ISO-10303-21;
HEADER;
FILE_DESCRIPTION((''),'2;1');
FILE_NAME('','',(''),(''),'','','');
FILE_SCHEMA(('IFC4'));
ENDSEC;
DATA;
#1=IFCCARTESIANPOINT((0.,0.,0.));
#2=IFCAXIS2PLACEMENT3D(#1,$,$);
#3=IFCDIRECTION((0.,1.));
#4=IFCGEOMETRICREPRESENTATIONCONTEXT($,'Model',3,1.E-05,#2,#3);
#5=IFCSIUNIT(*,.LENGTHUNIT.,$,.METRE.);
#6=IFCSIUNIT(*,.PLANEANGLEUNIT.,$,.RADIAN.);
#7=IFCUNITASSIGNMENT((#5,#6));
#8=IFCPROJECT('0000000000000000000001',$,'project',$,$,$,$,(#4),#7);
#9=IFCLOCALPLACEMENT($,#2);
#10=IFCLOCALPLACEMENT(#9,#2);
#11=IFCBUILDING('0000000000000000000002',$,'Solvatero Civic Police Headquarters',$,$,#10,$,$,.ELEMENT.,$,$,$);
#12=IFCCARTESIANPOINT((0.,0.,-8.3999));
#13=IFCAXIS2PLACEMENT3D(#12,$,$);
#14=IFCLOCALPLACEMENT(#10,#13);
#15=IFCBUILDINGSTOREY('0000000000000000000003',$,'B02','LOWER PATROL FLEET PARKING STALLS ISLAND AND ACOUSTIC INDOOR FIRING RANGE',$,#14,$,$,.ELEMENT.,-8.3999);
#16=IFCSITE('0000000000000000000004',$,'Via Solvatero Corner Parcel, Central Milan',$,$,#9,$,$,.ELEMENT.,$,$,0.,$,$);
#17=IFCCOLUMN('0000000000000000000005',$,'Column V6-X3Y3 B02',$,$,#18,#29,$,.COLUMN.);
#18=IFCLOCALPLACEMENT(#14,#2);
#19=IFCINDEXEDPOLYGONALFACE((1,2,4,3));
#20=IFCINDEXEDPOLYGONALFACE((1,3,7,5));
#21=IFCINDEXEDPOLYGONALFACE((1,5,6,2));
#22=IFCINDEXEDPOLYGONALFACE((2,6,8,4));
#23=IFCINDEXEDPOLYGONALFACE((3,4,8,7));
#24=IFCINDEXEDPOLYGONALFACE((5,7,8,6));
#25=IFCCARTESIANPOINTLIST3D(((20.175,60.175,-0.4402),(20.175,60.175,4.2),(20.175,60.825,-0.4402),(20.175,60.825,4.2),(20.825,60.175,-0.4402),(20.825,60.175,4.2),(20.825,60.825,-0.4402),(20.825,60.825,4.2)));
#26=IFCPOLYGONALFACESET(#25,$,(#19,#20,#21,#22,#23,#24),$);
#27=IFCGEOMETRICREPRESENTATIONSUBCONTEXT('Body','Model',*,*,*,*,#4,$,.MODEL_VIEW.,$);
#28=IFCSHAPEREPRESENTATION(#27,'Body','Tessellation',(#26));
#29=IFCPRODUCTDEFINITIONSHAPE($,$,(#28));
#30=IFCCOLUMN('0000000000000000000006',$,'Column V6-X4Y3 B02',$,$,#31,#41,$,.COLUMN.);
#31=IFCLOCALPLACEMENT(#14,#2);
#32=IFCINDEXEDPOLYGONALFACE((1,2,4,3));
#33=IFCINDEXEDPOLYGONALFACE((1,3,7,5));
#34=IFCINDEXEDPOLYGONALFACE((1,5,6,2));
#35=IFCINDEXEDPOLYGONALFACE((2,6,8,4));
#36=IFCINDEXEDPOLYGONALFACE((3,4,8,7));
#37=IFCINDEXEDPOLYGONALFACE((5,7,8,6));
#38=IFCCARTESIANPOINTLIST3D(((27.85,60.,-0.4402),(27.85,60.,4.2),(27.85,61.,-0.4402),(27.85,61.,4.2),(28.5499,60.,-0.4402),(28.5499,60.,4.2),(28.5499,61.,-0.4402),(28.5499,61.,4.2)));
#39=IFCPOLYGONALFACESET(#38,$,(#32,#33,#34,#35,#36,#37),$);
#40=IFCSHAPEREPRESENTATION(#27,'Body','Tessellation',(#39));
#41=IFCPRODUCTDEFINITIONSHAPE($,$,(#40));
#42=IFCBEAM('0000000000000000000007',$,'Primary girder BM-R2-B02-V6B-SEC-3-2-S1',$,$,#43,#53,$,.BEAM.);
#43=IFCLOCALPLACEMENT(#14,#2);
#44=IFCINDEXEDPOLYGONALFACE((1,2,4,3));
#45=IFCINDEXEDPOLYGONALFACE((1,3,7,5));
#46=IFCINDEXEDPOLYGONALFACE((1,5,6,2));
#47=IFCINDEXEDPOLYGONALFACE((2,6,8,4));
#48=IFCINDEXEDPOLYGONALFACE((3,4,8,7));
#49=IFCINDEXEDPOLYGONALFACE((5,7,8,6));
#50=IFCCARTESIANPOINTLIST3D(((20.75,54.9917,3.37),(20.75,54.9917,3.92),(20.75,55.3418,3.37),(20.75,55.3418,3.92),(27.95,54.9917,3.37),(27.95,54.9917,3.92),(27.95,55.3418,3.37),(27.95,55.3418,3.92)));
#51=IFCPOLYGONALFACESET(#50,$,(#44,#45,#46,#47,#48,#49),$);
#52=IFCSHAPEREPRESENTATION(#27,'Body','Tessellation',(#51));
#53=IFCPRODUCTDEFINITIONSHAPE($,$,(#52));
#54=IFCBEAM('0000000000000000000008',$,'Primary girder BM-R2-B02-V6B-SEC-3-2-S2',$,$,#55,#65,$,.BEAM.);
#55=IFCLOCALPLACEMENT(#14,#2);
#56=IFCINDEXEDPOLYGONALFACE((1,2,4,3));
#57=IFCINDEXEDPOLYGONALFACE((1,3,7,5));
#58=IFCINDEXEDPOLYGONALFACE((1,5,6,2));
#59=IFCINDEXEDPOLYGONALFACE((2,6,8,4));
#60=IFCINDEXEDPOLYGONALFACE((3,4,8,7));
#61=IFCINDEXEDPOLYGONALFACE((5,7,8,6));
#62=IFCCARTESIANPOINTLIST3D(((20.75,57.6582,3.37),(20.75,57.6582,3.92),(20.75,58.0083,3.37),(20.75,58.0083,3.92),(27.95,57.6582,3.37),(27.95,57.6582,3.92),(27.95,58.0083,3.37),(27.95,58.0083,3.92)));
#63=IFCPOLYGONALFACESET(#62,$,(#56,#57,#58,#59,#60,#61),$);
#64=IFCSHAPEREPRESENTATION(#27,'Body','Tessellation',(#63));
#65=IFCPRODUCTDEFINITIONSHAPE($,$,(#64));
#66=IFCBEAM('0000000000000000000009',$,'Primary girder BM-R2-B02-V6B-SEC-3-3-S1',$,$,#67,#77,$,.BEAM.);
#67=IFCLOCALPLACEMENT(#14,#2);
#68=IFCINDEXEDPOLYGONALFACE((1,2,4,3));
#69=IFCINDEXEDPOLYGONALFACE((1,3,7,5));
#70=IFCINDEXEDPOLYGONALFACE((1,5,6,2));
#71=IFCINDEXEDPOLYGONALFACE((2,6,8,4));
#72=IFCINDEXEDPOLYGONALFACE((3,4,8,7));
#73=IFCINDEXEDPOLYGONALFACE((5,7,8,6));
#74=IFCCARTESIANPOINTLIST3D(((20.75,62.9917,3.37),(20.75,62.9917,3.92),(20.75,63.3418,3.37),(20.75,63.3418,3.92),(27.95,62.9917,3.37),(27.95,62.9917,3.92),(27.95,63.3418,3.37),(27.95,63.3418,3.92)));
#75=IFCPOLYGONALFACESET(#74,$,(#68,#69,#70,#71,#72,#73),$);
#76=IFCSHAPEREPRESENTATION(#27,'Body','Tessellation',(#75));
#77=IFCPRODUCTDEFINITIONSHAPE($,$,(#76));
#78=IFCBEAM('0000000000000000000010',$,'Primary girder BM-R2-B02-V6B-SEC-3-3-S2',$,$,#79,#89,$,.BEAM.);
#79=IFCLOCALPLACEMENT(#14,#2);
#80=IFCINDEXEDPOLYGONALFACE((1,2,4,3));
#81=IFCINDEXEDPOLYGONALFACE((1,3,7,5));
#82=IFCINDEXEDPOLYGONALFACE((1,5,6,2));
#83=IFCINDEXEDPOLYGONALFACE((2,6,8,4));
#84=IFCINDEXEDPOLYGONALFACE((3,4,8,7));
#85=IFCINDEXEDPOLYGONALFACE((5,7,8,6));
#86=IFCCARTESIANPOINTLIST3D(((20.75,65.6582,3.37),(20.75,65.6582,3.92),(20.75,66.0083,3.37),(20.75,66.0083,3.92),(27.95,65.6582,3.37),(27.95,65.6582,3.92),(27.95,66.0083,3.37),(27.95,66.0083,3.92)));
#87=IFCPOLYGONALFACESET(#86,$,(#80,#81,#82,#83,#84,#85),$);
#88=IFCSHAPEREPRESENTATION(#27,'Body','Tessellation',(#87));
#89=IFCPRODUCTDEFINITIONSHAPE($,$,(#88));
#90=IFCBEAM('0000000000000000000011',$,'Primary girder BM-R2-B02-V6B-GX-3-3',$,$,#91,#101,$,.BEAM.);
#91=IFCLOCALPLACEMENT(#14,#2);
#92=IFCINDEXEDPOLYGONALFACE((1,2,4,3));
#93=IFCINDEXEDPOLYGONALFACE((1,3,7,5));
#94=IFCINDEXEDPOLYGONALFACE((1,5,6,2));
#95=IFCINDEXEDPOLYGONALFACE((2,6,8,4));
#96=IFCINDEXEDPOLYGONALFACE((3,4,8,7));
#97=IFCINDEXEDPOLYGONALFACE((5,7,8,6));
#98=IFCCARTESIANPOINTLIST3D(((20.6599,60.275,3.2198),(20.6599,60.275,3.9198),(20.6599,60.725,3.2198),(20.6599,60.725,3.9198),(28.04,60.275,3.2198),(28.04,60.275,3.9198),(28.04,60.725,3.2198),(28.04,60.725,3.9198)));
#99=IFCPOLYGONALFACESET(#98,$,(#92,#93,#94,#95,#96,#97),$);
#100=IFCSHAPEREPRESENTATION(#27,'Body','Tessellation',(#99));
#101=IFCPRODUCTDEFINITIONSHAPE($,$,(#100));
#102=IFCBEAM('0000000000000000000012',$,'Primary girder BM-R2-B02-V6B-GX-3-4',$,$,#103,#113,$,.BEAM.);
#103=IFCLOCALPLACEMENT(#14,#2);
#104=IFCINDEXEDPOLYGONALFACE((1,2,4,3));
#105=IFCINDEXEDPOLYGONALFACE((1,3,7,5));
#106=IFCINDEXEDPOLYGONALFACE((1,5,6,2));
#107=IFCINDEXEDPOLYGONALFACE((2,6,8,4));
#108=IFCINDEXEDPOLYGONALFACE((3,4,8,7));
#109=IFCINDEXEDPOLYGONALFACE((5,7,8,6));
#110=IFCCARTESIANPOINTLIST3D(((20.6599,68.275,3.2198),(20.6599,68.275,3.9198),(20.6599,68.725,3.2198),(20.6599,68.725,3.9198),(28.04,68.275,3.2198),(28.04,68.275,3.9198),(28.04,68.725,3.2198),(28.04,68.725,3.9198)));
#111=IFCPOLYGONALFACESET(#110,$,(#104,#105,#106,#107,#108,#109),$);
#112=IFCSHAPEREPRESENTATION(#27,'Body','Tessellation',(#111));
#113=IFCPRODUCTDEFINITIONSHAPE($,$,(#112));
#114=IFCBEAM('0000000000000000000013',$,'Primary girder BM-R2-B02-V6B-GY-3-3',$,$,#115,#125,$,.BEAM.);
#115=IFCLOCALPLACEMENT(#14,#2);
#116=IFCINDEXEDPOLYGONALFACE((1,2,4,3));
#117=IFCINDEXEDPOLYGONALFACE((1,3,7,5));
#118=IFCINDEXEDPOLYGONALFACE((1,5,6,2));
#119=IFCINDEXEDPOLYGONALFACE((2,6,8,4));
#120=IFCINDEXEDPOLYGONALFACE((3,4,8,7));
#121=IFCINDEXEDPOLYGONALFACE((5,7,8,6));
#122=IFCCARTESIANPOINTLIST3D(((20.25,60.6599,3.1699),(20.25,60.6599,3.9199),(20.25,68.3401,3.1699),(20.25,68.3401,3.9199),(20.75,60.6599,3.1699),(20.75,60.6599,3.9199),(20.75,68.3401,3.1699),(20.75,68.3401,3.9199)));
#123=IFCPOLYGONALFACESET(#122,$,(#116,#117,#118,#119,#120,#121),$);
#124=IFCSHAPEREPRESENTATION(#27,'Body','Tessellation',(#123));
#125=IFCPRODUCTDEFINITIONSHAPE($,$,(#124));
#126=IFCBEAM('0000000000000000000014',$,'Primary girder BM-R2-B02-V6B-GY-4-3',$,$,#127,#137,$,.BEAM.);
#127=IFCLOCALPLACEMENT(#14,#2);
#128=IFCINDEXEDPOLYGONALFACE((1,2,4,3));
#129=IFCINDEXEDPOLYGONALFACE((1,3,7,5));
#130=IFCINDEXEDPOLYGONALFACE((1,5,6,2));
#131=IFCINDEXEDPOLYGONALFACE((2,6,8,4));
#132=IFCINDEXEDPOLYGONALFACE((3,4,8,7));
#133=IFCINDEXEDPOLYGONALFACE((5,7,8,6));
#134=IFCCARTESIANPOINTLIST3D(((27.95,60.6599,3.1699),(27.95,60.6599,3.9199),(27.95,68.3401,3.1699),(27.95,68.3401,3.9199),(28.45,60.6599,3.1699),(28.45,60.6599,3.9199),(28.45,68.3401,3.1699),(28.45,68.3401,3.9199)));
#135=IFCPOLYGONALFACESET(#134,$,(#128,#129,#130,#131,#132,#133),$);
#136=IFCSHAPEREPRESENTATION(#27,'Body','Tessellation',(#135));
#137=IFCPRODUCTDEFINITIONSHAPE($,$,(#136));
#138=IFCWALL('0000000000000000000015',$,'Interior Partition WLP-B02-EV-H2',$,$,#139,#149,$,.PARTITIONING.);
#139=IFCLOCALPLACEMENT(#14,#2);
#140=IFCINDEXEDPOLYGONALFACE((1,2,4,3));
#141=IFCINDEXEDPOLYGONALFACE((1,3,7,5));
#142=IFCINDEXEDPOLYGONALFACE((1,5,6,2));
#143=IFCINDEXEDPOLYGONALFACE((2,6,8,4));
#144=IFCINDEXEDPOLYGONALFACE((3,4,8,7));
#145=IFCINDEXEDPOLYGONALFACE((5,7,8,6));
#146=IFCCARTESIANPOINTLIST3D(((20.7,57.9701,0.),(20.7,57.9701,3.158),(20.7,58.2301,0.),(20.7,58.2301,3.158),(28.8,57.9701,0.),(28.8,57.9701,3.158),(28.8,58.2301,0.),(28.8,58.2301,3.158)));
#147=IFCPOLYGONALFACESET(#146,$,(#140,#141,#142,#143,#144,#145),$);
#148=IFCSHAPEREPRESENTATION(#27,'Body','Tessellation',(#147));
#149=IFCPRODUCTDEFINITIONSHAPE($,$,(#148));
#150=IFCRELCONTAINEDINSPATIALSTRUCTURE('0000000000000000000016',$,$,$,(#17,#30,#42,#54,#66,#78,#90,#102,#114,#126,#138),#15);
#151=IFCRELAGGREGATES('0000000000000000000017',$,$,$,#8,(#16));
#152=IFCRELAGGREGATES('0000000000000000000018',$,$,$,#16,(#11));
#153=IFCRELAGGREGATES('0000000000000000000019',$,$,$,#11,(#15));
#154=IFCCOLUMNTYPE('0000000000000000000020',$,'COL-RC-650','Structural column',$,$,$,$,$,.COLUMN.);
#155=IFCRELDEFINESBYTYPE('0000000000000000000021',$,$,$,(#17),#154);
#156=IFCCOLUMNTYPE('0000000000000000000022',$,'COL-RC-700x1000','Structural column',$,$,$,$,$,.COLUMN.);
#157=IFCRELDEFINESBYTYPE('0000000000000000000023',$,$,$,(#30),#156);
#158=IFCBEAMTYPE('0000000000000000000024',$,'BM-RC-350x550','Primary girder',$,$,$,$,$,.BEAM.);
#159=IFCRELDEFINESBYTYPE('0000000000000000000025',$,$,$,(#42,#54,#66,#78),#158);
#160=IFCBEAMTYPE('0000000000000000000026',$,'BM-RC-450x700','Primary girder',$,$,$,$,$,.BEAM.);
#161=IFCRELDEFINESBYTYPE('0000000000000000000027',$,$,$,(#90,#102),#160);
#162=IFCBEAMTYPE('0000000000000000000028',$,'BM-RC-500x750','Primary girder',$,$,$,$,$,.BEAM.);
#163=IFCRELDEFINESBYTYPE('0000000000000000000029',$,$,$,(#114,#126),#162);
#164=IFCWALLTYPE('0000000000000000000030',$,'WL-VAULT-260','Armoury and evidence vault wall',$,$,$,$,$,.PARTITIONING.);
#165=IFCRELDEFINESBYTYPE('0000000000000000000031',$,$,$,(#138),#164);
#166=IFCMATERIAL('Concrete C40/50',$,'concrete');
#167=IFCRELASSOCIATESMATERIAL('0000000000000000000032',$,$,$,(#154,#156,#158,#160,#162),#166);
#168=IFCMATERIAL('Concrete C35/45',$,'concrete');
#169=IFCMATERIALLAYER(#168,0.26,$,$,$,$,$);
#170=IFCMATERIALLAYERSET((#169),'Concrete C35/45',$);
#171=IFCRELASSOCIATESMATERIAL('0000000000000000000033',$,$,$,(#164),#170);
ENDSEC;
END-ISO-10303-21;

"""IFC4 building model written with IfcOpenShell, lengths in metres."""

from ifc_helpers import new_model, si_unit, direction, frame, frame_2d, origin, origin_2d, place, context, subcontext, project, spatial, rectangle, extrude, material, layer, layer_set, material_profile, profile_set, type_object, element, save


model = new_model("IFC4")

# Units and contexts
model_context = context("Model", 3, precision=1e-05, world=origin(), true_north=direction((0.0, 1.0)))
body_context = subcontext(model_context, "Body", "Model", "MODEL_VIEW")
ifc_project = project(units=[si_unit("LENGTHUNIT", "METRE"), si_unit("PLANEANGLEUNIT", "RADIAN")], contexts=[model_context])

# Site, building, storey
site_placement = place(None, origin())
site = spatial("IfcSite", under=ifc_project, at=site_placement, Name="Via Solvatero Corner Parcel, Central Milan", CompositionType="ELEMENT", RefElevation=0.0)
building_placement = place(site_placement, origin())
building = spatial("IfcBuilding", under=site, at=building_placement, Name="Solvatero Civic Police Headquarters", CompositionType="ELEMENT")
storey_placement = place(building_placement, frame((0.0, 0.0, -8.3999)))
storey = spatial("IfcBuildingStorey", under=building, at=storey_placement, Name="B02", Description="LOWER PATROL FLEET PARKING STALLS ISLAND AND ACOUSTIC INDOOR FIRING RANGE", CompositionType="ELEMENT", Elevation=-8.3999)

# Columns
ifc_material_1 = material(Name="Concrete C40/50", Category="concrete")
ifc_material_profile_1 = material_profile(ifc_material_1, rectangle(XDim=0.6499, YDim=0.6499, at=origin_2d()), Name="RC 650x650")
ifc_profile_set_1 = profile_set([ifc_material_profile_1], Name="Concrete C40/50")
column_type_1 = type_object("IfcColumnType", Name="COL-RC-650", Description="Structural column", PredefinedType="COLUMN", material=ifc_profile_set_1)
column_1_placement = place(storey_placement, frame((20.5, 60.5, -0.4402), z_axis=(0.0, 0.0, 1.0), x_axis=(1.0, 0.0, 0.0)))
element("IfcColumn", 1, at=column_1_placement, inside=storey, type_object=column_type_1, Name="Column V6-X3Y3 B02", PredefinedType="COLUMN", context=body_context, shape_type="SweptSolid", body=[
    extrude(rectangle(XDim=0.6499, YDim=0.6499, at=origin_2d()), origin(), (0.0, 0.0, 1.0), 4.6401),
])
ifc_material_profile_2 = material_profile(ifc_material_1, rectangle(XDim=0.7, YDim=1.0, at=origin_2d()), Name="RC 700x1000")
ifc_profile_set_2 = profile_set([ifc_material_profile_2], Name="Concrete C40/50")
column_type_2 = type_object("IfcColumnType", Name="COL-RC-700x1000", Description="Structural column", PredefinedType="COLUMN", material=ifc_profile_set_2)
column_2_placement = place(storey_placement, frame((28.2, 60.5, -0.4402), z_axis=(0.0, 0.0, 1.0), x_axis=(1.0, 0.0, 0.0)))
element("IfcColumn", 2, at=column_2_placement, inside=storey, type_object=column_type_2, Name="Column V6-X4Y3 B02", PredefinedType="COLUMN", context=body_context, shape_type="SweptSolid", body=[
    extrude(rectangle(XDim=0.7, YDim=1.0, at=origin_2d()), origin(), (0.0, 0.0, 1.0), 4.6401),
])

# Beams
ifc_material_profile_3 = material_profile(ifc_material_1, rectangle(XDim=0.3501, YDim=0.55, at=origin_2d()), Name="RC 350x550")
ifc_profile_set_3 = profile_set([ifc_material_profile_3], Name="Concrete C40/50")
beam_type_1 = type_object("IfcBeamType", Name="BM-RC-350x550", Description="Primary girder", PredefinedType="BEAM", material=ifc_profile_set_3)
for number, where, z_axis, x_axis, name in (
    (3, (20.75, 55.1667, 3.645), (1.0, 0.0, 0.0), (0.0, 1.0, 0.0), "Primary girder BM-R2-B02-V6B-SEC-3-2-S1"),
    (4, (20.75, 57.8333, 3.645), (1.0, 0.0, 0.0), (0.0, 1.0, 0.0), "Primary girder BM-R2-B02-V6B-SEC-3-2-S2"),
    (5, (20.75, 63.1667, 3.645), (1.0, 0.0, 0.0), (0.0, 1.0, 0.0), "Primary girder BM-R2-B02-V6B-SEC-3-3-S1"),
    (6, (20.75, 65.8333, 3.645), (1.0, 0.0, 0.0), (0.0, 1.0, 0.0), "Primary girder BM-R2-B02-V6B-SEC-3-3-S2"),
):
    element("IfcBeam", number, at=place(storey_placement, frame(where, z_axis=z_axis, x_axis=x_axis)), inside=storey, type_object=beam_type_1, Name=name, PredefinedType="BEAM", context=body_context, shape_type="SweptSolid", body=[
        extrude(rectangle(XDim=0.3501, YDim=0.55, at=origin_2d()), origin(), (0.0, 0.0, 1.0), 7.2),
    ])
ifc_material_profile_4 = material_profile(ifc_material_1, rectangle(XDim=0.45, YDim=0.7, at=origin_2d()), Name="RC 450x700")
ifc_profile_set_4 = profile_set([ifc_material_profile_4], Name="Concrete C40/50")
beam_type_2 = type_object("IfcBeamType", Name="BM-RC-450x700", Description="Primary girder", PredefinedType="BEAM", material=ifc_profile_set_4)
for number, where, z_axis, x_axis, name in (
    (7, (20.6599, 60.5, 3.5698), (1.0, 0.0, 0.0), (0.0, 1.0, 0.0), "Primary girder BM-R2-B02-V6B-GX-3-3"),
    (8, (20.6599, 68.5, 3.5698), (1.0, 0.0, 0.0), (0.0, 1.0, 0.0), "Primary girder BM-R2-B02-V6B-GX-3-4"),
):
    element("IfcBeam", number, at=place(storey_placement, frame(where, z_axis=z_axis, x_axis=x_axis)), inside=storey, type_object=beam_type_2, Name=name, PredefinedType="BEAM", context=body_context, shape_type="SweptSolid", body=[
        extrude(rectangle(XDim=0.45, YDim=0.7, at=origin_2d()), origin(), (0.0, 0.0, 1.0), 7.3801),
    ])
ifc_material_profile_5 = material_profile(ifc_material_1, rectangle(XDim=0.5, YDim=0.75, at=origin_2d()), Name="RC 500x750")
ifc_profile_set_5 = profile_set([ifc_material_profile_5], Name="Concrete C40/50")
beam_type_3 = type_object("IfcBeamType", Name="BM-RC-500x750", Description="Primary girder", PredefinedType="BEAM", material=ifc_profile_set_5)
for number, where, z_axis, x_axis, name in (
    (9, (20.5, 60.6599, 3.5449), (0.0, 1.0, 0.0), (-1.0, 0.0, 0.0), "Primary girder BM-R2-B02-V6B-GY-3-3"),
    (10, (28.2, 60.6599, 3.5449), (0.0, 1.0, 0.0), (-1.0, 0.0, 0.0), "Primary girder BM-R2-B02-V6B-GY-4-3"),
):
    element("IfcBeam", number, at=place(storey_placement, frame(where, z_axis=z_axis, x_axis=x_axis)), inside=storey, type_object=beam_type_3, Name=name, PredefinedType="BEAM", context=body_context, shape_type="SweptSolid", body=[
        extrude(rectangle(XDim=0.5, YDim=0.75, at=origin_2d()), origin(), (0.0, 0.0, 1.0), 7.6802),
    ])

# Wall
ifc_material_2 = material(Name="Concrete C35/45", Category="concrete")
ifc_layer = layer(ifc_material_2, 0.26)
ifc_layer_set = layer_set([ifc_layer], Name="Concrete C35/45")
wall_type = type_object("IfcWallType", Name="WL-VAULT-260", Description="Armoury and evidence vault wall", PredefinedType="PARTITIONING", material=ifc_layer_set)
wall_placement = place(storey_placement, frame((20.7, 58.1001, 0.0), z_axis=(0.0, 0.0, 1.0), x_axis=(1.0, 0.0, 0.0)))
element("IfcWall", 11, at=wall_placement, inside=storey, type_object=wall_type, Name="Interior Partition WLP-B02-EV-H2", PredefinedType="PARTITIONING", context=body_context, shape_type="SweptSolid", body=[
    extrude(rectangle(XDim=8.1001, YDim=0.26, at=frame_2d((4.05, 0.0))), origin(), (0.0, 0.0, 1.0), 3.158),
])

save(model, "model.ifc")
